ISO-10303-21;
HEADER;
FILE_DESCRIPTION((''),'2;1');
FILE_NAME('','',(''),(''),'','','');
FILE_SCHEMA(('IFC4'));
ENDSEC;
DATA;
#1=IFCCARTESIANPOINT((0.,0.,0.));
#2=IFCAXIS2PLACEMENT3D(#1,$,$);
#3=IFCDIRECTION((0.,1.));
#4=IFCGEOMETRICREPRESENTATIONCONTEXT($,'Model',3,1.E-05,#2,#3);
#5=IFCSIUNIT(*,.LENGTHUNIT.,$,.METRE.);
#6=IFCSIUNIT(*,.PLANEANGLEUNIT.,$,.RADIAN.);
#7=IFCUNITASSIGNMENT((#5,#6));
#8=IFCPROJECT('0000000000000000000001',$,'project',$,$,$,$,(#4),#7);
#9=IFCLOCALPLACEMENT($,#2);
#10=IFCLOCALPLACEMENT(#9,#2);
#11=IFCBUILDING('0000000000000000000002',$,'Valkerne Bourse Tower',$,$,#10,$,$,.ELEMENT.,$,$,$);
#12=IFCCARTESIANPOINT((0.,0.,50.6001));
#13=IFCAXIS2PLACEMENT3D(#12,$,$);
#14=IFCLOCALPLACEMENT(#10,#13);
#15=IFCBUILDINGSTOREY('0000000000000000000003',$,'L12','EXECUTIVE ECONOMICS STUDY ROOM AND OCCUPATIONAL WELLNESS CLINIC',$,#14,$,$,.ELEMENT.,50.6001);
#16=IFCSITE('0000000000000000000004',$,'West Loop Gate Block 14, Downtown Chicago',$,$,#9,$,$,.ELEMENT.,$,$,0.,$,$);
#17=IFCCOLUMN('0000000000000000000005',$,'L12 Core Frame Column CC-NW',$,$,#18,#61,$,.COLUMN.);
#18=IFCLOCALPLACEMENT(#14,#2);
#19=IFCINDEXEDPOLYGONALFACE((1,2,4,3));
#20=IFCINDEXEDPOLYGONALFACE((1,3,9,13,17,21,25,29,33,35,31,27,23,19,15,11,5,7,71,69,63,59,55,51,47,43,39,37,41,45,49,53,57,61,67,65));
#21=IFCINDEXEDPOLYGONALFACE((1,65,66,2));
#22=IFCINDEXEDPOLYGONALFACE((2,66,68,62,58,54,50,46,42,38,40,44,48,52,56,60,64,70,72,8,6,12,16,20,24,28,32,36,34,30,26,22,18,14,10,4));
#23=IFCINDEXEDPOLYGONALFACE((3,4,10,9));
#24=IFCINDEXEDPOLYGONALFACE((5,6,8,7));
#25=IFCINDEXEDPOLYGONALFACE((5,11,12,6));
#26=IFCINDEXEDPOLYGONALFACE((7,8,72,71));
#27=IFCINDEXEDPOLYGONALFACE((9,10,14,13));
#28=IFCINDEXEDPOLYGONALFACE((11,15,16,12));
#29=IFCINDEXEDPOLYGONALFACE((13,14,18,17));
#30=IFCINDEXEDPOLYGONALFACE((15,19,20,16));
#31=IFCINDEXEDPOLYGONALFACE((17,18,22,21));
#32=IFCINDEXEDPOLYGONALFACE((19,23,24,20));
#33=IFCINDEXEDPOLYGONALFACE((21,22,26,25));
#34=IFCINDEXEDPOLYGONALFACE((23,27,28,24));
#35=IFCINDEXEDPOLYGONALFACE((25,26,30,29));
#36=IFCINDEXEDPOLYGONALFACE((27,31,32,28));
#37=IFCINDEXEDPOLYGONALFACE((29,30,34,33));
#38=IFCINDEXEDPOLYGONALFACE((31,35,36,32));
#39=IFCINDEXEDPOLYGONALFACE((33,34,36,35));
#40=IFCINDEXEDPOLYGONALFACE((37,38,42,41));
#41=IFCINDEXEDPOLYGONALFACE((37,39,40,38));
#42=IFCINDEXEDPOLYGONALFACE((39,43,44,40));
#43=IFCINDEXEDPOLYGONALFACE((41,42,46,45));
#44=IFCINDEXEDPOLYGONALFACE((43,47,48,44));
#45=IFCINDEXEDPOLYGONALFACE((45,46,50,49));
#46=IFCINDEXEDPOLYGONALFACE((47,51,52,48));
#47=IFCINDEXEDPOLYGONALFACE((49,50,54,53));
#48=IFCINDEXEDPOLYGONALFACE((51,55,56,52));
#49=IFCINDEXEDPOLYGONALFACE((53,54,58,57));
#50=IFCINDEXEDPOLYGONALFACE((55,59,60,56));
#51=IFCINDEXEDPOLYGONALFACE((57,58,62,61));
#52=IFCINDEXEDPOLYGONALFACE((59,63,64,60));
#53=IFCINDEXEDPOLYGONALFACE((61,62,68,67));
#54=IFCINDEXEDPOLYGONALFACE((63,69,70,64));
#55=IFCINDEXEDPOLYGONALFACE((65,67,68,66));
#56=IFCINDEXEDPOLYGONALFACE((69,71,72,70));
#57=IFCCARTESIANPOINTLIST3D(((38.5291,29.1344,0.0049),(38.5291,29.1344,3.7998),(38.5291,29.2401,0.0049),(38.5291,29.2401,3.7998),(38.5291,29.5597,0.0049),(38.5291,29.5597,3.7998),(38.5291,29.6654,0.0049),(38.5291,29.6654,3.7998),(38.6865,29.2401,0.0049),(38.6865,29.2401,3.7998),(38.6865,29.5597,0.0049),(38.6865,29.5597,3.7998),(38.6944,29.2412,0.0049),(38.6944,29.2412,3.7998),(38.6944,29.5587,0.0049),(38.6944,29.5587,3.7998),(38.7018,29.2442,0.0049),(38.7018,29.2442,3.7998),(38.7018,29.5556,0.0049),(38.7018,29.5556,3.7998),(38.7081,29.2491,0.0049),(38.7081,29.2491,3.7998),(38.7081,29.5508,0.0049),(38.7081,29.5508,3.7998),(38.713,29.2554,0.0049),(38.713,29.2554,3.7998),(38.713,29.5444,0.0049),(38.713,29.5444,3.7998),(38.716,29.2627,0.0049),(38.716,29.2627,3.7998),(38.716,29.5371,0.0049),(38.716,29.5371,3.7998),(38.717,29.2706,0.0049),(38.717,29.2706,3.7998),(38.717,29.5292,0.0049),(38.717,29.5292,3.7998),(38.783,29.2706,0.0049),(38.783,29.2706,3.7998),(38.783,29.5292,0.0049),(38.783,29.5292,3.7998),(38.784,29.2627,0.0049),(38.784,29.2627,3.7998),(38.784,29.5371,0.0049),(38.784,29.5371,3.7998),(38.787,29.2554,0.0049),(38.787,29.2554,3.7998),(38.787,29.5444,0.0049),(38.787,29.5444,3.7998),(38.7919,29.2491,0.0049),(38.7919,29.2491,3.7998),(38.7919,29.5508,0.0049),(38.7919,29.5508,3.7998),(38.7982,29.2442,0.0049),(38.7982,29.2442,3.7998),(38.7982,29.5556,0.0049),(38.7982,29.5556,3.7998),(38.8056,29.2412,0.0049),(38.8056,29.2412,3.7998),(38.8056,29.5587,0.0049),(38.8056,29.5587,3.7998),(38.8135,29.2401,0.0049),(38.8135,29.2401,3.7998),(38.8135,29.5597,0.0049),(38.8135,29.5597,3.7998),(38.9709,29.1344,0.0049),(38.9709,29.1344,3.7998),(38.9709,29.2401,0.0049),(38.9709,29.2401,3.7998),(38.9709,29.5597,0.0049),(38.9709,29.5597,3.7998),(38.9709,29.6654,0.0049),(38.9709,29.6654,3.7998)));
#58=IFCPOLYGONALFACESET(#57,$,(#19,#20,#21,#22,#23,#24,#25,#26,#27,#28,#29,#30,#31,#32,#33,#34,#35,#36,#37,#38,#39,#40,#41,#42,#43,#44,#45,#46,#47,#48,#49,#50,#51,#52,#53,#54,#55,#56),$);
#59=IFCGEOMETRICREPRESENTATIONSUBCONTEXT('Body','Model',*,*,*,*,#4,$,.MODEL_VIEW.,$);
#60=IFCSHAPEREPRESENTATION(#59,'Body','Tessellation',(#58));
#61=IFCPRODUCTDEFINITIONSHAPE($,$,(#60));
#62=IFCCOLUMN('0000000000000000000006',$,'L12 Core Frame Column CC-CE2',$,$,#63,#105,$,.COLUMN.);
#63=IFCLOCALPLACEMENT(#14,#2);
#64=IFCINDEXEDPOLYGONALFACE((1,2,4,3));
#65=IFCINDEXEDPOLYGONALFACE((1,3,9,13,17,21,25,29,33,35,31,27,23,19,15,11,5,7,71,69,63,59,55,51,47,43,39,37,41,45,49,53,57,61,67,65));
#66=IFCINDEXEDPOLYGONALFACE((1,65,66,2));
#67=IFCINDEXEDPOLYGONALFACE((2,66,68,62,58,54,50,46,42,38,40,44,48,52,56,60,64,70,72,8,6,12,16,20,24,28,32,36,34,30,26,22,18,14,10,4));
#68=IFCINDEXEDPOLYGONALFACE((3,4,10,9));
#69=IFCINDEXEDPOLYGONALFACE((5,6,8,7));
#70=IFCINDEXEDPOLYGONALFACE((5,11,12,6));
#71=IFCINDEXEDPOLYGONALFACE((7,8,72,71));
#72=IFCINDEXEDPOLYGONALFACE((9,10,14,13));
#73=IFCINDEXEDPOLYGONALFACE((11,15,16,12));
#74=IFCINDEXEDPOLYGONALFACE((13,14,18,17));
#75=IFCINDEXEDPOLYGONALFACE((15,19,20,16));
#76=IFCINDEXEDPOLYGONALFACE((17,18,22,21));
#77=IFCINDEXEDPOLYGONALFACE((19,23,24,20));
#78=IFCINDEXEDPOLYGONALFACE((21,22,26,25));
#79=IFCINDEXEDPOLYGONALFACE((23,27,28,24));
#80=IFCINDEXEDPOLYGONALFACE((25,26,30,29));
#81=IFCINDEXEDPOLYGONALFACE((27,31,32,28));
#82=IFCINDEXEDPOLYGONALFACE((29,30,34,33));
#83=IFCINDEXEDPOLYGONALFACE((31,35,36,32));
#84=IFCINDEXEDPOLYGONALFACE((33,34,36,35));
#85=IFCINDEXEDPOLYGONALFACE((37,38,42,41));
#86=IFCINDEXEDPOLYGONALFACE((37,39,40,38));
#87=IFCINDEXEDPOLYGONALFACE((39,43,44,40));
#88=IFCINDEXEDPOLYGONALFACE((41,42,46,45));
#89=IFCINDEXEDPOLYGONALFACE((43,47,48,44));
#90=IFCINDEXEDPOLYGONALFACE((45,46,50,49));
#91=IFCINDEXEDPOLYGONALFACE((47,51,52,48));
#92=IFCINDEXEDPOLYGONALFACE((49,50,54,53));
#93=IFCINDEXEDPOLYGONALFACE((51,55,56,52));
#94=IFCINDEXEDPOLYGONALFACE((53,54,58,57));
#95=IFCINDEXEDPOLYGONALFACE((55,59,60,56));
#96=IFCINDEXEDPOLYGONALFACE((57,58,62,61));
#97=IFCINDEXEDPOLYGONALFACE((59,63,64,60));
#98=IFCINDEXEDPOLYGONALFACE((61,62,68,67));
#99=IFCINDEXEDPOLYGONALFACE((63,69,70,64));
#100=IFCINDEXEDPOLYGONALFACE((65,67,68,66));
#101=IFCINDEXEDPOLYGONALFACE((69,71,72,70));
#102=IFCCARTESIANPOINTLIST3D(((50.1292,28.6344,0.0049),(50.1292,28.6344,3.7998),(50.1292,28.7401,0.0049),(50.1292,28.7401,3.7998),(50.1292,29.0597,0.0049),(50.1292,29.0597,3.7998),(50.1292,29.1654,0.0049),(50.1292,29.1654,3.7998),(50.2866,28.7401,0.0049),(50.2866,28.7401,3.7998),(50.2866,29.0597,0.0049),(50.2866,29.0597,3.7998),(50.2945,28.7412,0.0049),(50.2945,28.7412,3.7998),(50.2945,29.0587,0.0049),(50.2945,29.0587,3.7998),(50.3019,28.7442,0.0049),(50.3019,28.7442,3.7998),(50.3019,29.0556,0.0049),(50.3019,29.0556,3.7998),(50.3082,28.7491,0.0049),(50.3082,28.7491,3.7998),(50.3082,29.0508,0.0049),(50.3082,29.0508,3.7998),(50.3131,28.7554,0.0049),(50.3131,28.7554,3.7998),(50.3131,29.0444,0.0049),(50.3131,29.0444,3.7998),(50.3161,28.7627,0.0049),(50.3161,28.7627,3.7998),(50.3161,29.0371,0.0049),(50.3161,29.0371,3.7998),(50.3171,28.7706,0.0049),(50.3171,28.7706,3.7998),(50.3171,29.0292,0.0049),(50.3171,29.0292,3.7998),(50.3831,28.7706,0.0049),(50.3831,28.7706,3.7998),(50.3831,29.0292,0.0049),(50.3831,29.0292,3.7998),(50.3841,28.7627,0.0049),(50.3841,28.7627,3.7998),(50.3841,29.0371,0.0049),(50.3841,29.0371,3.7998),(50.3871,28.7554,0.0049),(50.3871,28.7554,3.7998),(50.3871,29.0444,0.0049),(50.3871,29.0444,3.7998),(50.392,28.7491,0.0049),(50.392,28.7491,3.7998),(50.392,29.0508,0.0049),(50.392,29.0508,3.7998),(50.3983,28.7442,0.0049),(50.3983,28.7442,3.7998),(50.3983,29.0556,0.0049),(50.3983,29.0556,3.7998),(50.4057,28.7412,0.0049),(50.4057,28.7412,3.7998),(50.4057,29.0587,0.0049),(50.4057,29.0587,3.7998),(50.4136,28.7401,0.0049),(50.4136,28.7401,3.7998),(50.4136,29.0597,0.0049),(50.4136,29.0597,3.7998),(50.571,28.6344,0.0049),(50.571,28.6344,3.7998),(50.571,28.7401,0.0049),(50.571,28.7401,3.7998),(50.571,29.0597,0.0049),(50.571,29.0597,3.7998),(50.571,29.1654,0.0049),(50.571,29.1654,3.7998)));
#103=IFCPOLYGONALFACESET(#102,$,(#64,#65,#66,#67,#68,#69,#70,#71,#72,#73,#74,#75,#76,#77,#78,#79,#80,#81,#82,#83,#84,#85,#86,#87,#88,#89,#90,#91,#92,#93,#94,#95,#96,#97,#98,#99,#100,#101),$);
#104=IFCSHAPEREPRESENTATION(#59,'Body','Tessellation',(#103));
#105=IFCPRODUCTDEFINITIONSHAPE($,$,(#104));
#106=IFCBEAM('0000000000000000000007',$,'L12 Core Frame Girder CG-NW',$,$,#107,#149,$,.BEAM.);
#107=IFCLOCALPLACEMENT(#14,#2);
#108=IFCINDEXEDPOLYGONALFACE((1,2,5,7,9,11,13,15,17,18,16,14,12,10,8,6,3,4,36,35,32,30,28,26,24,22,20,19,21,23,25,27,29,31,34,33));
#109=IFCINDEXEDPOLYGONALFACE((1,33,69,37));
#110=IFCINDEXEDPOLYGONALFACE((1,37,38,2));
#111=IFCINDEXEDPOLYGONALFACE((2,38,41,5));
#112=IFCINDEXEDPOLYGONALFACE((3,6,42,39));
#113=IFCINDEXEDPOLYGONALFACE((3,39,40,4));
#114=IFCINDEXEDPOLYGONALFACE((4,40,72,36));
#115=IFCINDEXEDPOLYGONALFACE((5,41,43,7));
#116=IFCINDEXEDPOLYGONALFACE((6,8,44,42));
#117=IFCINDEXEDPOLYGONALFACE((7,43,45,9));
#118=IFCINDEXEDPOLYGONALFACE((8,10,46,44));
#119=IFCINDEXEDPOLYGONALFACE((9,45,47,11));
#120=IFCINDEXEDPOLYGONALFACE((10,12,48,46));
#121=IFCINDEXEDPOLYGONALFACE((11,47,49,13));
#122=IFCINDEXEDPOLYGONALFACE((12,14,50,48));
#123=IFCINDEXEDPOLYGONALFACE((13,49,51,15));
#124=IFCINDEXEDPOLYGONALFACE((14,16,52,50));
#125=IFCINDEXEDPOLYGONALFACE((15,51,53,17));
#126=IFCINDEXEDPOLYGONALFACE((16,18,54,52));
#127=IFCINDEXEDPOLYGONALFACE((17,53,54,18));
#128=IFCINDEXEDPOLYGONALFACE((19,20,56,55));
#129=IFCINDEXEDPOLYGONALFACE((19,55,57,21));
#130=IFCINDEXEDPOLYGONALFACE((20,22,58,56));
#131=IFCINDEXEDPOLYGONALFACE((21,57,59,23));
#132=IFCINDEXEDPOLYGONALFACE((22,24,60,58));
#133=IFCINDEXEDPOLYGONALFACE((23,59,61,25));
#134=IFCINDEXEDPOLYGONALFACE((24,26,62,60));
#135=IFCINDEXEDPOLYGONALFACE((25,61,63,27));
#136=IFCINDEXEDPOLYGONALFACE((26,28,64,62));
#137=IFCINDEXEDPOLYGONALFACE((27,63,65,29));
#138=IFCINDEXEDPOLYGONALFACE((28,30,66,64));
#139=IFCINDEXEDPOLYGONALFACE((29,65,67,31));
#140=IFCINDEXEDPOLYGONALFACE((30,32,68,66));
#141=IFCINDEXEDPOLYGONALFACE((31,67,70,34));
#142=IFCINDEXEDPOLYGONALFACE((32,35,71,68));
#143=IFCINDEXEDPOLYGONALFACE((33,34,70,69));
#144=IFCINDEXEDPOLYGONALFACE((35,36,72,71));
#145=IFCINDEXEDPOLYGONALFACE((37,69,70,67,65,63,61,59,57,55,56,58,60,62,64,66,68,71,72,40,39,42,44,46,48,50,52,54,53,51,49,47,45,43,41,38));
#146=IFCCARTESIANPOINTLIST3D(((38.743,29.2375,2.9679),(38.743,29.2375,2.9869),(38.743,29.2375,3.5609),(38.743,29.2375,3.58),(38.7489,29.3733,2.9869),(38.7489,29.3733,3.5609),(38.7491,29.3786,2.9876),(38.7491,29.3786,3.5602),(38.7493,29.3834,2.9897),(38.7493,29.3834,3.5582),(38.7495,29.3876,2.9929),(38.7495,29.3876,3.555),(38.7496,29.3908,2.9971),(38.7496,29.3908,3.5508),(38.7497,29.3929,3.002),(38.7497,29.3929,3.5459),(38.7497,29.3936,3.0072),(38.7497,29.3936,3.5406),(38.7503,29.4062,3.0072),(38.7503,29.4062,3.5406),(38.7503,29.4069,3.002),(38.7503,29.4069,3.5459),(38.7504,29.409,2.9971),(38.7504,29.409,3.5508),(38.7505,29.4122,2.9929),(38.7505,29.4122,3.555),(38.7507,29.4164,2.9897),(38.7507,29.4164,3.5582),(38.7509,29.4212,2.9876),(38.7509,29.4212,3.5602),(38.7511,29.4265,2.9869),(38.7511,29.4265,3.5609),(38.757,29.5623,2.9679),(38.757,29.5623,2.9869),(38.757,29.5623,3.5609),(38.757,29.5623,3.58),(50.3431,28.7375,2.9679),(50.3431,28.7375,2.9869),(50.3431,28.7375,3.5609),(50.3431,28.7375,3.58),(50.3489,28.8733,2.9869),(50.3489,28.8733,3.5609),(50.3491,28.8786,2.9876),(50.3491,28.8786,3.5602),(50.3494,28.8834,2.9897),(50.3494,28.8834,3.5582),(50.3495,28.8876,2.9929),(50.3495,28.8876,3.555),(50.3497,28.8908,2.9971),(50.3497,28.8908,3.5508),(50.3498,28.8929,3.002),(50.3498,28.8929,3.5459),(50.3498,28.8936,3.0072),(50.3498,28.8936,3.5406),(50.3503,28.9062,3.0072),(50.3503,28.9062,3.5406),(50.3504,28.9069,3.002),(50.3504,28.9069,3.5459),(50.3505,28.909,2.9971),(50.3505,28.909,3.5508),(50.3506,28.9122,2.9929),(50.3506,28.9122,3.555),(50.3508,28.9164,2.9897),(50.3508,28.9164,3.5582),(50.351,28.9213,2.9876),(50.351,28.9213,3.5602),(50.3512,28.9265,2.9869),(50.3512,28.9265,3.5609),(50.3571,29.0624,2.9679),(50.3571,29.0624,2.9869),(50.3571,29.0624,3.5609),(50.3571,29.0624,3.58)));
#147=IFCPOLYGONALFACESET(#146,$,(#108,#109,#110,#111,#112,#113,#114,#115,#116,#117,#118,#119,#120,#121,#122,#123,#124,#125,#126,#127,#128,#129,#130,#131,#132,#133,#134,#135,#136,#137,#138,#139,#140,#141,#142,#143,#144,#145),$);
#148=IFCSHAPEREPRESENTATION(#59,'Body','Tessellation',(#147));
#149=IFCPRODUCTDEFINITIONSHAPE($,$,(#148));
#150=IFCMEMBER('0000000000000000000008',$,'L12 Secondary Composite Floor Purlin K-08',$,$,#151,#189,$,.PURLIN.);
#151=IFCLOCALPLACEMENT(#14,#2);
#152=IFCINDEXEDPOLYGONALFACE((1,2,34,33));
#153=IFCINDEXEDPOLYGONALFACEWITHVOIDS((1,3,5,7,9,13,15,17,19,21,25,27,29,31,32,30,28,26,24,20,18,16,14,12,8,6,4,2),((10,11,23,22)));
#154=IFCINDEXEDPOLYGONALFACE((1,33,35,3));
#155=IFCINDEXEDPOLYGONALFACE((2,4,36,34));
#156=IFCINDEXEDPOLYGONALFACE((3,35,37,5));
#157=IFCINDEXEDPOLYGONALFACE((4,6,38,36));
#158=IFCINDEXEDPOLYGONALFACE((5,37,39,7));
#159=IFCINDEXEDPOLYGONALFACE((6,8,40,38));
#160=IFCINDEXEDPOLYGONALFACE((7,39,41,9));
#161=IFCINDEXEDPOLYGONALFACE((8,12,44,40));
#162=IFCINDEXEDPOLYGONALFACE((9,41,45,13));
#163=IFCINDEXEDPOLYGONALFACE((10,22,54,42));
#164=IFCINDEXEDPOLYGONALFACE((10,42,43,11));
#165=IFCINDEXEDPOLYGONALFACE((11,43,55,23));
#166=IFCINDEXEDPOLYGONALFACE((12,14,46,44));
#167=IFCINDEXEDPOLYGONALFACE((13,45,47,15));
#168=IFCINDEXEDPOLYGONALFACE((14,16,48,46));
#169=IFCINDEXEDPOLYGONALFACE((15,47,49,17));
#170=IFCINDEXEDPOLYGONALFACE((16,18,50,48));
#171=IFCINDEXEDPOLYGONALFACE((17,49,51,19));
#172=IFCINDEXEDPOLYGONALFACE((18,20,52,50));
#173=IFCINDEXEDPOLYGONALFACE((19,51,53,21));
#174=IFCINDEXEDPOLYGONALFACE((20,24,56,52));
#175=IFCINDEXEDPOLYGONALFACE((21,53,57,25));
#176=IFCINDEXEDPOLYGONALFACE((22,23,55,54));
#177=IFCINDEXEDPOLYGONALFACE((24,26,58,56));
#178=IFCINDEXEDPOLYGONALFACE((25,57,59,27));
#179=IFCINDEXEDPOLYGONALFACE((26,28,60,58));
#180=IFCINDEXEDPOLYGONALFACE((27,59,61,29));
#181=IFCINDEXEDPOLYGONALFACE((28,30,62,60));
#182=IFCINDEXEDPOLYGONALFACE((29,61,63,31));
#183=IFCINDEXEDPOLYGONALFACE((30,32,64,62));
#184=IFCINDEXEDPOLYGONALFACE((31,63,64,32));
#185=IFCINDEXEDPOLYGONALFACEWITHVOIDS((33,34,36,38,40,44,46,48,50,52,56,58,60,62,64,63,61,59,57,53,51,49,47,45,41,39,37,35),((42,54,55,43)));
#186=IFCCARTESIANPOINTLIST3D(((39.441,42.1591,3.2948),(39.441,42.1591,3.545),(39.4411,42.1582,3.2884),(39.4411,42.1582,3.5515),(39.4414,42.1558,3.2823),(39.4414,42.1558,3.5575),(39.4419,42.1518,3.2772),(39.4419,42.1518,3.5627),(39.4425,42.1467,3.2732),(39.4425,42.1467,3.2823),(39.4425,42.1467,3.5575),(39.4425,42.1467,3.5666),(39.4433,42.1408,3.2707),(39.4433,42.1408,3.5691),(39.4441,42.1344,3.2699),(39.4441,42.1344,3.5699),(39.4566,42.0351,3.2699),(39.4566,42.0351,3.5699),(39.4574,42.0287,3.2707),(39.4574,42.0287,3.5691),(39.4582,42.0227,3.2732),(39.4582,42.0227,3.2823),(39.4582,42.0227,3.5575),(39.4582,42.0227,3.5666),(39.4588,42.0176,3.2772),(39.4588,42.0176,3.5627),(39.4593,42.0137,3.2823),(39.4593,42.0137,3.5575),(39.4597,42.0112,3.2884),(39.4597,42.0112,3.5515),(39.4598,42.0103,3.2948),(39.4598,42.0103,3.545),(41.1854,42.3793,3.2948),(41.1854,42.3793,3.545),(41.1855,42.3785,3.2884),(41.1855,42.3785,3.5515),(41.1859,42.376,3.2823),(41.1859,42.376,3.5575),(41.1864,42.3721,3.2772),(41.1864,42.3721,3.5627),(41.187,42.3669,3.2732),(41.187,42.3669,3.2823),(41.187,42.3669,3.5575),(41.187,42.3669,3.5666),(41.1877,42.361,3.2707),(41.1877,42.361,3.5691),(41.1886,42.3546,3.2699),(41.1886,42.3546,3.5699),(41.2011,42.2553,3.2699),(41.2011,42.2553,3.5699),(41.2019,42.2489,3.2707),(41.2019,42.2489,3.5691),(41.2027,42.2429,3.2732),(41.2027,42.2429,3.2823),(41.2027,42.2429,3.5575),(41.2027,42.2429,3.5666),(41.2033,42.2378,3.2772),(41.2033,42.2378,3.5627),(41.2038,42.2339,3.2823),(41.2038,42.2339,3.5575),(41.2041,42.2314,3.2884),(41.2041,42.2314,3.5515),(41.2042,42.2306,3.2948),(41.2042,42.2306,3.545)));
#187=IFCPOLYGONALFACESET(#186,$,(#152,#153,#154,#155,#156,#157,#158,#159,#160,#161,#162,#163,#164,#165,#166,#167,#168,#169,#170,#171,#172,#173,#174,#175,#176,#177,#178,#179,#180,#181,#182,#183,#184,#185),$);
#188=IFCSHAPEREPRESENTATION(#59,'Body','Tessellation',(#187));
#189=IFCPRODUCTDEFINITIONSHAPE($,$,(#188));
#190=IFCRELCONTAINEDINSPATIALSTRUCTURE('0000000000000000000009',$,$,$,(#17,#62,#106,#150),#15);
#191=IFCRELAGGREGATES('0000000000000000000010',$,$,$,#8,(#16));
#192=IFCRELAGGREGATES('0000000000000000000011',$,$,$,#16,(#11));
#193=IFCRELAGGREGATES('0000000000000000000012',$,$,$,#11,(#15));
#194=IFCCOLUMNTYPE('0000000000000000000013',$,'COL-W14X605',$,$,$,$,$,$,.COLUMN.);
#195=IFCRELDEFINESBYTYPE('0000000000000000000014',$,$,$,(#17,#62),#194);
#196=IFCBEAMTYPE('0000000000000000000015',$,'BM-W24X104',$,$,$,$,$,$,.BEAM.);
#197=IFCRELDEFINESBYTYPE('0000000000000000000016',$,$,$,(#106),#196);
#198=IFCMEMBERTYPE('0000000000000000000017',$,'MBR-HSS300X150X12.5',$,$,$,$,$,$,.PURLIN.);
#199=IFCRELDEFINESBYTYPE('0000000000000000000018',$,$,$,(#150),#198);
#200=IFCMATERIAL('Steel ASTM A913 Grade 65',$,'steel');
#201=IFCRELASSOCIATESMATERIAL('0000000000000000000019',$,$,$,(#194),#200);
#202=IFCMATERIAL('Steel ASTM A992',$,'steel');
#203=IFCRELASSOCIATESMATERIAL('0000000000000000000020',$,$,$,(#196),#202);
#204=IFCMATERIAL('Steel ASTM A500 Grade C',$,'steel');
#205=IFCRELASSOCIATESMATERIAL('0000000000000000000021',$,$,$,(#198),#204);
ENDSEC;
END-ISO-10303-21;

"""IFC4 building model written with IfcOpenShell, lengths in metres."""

from ifc_helpers import new_model, si_unit, direction, frame, origin, origin_2d, place, context, subcontext, project, spatial, hollow_rectangle, i_section, extrude, material, material_profile, profile_set, type_object, element, save


model = new_model("IFC4")

# Units and contexts
model_context = context("Model", 3, precision=1e-05, world=origin(), true_north=direction((0.0, 1.0)))
body_context = subcontext(model_context, "Body", "Model", "MODEL_VIEW")
ifc_project = project(units=[si_unit("LENGTHUNIT", "METRE"), si_unit("PLANEANGLEUNIT", "RADIAN")], contexts=[model_context])

# Site, building, storey
site_placement = place(None, origin())
site = spatial("IfcSite", under=ifc_project, at=site_placement, Name="West Loop Gate Block 14, Downtown Chicago", CompositionType="ELEMENT", RefElevation=0.0)
building_placement = place(site_placement, origin())
building = spatial("IfcBuilding", under=site, at=building_placement, Name="Valkerne Bourse Tower", CompositionType="ELEMENT")
storey_placement = place(building_placement, frame((0.0, 0.0, 50.6001)))
storey = spatial("IfcBuildingStorey", under=building, at=storey_placement, Name="L12", Description="EXECUTIVE ECONOMICS STUDY ROOM AND OCCUPATIONAL WELLNESS CLINIC", CompositionType="ELEMENT", Elevation=50.6001)

# Columns
ifc_material_1 = material(Name="Steel ASTM A913 Grade 65", Category="steel")
ifc_material_profile_1 = material_profile(ifc_material_1, i_section(OverallWidth=0.4419, OverallDepth=0.531, WebThickness=0.0659, FlangeThickness=0.1057, FilletRadius=0.0305, at=origin_2d()), Name="W14X605")
ifc_profile_set_1 = profile_set([ifc_material_profile_1], Name="Steel ASTM A913 Grade 65")
column_type = type_object("IfcColumnType", Name="COL-W14X605", PredefinedType="COLUMN", material=ifc_profile_set_1)
for number, where, z_axis, x_axis, name in (
    (1, (38.75, 29.3999, 0.0049), (0.0, 0.0, 1.0), (1.0, 0.0, 0.0), "L12 Core Frame Column CC-NW"),
    (2, (50.3501, 28.8999, 0.0049), (0.0, 0.0, 1.0), (1.0, 0.0, 0.0), "L12 Core Frame Column CC-CE2"),
):
    element("IfcColumn", number, at=place(storey_placement, frame(where, z_axis=z_axis, x_axis=x_axis)), inside=storey, type_object=column_type, Name=name, PredefinedType="COLUMN", context=body_context, shape_type="SweptSolid", body=[
        extrude(i_section(OverallWidth=0.4419, OverallDepth=0.531, WebThickness=0.0659, FlangeThickness=0.1057, FilletRadius=0.0305, at=origin_2d()), origin(), (0.0, 0.0, 1.0), 3.7949),
    ])

# Beam
ifc_material_2 = material(Name="Steel ASTM A992", Category="steel")
ifc_material_profile_2 = material_profile(ifc_material_2, i_section(OverallWidth=0.3252, OverallDepth=0.6121, WebThickness=0.0127, FlangeThickness=0.019, FilletRadius=0.0203, at=origin_2d()), Name="W24X104")
ifc_profile_set_2 = profile_set([ifc_material_profile_2], Name="Steel ASTM A992")
beam_type = type_object("IfcBeamType", Name="BM-W24X104", PredefinedType="BEAM", material=ifc_profile_set_2)
beam_placement = place(storey_placement, frame((38.75, 29.3999, 3.2739), z_axis=(0.999072, -0.043063, 0.0), x_axis=(0.043063, 0.999072, 0.0)))
element("IfcBeam", 3, at=beam_placement, inside=storey, type_object=beam_type, Name="L12 Core Frame Girder CG-NW", PredefinedType="BEAM", context=body_context, shape_type="SweptSolid", body=[
    extrude(i_section(OverallWidth=0.3252, OverallDepth=0.6121, WebThickness=0.0127, FlangeThickness=0.019, FilletRadius=0.0203, at=origin_2d()), origin(), (0.0, 0.0, 1.0), 11.6108),
])

# Member
ifc_material_3 = material(Name="Steel ASTM A500 Grade C", Category="steel")
ifc_material_profile_3 = material_profile(ifc_material_3, hollow_rectangle(XDim=0.1499, YDim=0.3, WallThickness=0.0125, OuterFilletRadius=0.0249, at=origin_2d()), Name="HSS300X150X12.5")
ifc_profile_set_3 = profile_set([ifc_material_profile_3], Name="Steel ASTM A500 Grade C")
member_type = type_object("IfcMemberType", Name="MBR-HSS300X150X12.5", PredefinedType="PURLIN", material=ifc_profile_set_3)
for number, where, z_axis, x_axis, name in (
    (4, (41.1948, 42.3049, 3.4199), (-0.992125, -0.125248, 0.0), (0.125248, -0.992125, 0.0), "L12 Secondary Composite Floor Purlin K-08"),
):
    element("IfcMember", number, at=place(storey_placement, frame(where, z_axis=z_axis, x_axis=x_axis)), inside=storey, type_object=member_type, Name=name, PredefinedType="PURLIN", context=body_context, shape_type="SweptSolid", body=[
        extrude(hollow_rectangle(XDim=0.1499, YDim=0.3, WallThickness=0.0125, OuterFilletRadius=0.0249, at=origin_2d()), origin(), (0.0, 0.0, 1.0), 1.7583),
    ])

save(model, "model.ifc")
